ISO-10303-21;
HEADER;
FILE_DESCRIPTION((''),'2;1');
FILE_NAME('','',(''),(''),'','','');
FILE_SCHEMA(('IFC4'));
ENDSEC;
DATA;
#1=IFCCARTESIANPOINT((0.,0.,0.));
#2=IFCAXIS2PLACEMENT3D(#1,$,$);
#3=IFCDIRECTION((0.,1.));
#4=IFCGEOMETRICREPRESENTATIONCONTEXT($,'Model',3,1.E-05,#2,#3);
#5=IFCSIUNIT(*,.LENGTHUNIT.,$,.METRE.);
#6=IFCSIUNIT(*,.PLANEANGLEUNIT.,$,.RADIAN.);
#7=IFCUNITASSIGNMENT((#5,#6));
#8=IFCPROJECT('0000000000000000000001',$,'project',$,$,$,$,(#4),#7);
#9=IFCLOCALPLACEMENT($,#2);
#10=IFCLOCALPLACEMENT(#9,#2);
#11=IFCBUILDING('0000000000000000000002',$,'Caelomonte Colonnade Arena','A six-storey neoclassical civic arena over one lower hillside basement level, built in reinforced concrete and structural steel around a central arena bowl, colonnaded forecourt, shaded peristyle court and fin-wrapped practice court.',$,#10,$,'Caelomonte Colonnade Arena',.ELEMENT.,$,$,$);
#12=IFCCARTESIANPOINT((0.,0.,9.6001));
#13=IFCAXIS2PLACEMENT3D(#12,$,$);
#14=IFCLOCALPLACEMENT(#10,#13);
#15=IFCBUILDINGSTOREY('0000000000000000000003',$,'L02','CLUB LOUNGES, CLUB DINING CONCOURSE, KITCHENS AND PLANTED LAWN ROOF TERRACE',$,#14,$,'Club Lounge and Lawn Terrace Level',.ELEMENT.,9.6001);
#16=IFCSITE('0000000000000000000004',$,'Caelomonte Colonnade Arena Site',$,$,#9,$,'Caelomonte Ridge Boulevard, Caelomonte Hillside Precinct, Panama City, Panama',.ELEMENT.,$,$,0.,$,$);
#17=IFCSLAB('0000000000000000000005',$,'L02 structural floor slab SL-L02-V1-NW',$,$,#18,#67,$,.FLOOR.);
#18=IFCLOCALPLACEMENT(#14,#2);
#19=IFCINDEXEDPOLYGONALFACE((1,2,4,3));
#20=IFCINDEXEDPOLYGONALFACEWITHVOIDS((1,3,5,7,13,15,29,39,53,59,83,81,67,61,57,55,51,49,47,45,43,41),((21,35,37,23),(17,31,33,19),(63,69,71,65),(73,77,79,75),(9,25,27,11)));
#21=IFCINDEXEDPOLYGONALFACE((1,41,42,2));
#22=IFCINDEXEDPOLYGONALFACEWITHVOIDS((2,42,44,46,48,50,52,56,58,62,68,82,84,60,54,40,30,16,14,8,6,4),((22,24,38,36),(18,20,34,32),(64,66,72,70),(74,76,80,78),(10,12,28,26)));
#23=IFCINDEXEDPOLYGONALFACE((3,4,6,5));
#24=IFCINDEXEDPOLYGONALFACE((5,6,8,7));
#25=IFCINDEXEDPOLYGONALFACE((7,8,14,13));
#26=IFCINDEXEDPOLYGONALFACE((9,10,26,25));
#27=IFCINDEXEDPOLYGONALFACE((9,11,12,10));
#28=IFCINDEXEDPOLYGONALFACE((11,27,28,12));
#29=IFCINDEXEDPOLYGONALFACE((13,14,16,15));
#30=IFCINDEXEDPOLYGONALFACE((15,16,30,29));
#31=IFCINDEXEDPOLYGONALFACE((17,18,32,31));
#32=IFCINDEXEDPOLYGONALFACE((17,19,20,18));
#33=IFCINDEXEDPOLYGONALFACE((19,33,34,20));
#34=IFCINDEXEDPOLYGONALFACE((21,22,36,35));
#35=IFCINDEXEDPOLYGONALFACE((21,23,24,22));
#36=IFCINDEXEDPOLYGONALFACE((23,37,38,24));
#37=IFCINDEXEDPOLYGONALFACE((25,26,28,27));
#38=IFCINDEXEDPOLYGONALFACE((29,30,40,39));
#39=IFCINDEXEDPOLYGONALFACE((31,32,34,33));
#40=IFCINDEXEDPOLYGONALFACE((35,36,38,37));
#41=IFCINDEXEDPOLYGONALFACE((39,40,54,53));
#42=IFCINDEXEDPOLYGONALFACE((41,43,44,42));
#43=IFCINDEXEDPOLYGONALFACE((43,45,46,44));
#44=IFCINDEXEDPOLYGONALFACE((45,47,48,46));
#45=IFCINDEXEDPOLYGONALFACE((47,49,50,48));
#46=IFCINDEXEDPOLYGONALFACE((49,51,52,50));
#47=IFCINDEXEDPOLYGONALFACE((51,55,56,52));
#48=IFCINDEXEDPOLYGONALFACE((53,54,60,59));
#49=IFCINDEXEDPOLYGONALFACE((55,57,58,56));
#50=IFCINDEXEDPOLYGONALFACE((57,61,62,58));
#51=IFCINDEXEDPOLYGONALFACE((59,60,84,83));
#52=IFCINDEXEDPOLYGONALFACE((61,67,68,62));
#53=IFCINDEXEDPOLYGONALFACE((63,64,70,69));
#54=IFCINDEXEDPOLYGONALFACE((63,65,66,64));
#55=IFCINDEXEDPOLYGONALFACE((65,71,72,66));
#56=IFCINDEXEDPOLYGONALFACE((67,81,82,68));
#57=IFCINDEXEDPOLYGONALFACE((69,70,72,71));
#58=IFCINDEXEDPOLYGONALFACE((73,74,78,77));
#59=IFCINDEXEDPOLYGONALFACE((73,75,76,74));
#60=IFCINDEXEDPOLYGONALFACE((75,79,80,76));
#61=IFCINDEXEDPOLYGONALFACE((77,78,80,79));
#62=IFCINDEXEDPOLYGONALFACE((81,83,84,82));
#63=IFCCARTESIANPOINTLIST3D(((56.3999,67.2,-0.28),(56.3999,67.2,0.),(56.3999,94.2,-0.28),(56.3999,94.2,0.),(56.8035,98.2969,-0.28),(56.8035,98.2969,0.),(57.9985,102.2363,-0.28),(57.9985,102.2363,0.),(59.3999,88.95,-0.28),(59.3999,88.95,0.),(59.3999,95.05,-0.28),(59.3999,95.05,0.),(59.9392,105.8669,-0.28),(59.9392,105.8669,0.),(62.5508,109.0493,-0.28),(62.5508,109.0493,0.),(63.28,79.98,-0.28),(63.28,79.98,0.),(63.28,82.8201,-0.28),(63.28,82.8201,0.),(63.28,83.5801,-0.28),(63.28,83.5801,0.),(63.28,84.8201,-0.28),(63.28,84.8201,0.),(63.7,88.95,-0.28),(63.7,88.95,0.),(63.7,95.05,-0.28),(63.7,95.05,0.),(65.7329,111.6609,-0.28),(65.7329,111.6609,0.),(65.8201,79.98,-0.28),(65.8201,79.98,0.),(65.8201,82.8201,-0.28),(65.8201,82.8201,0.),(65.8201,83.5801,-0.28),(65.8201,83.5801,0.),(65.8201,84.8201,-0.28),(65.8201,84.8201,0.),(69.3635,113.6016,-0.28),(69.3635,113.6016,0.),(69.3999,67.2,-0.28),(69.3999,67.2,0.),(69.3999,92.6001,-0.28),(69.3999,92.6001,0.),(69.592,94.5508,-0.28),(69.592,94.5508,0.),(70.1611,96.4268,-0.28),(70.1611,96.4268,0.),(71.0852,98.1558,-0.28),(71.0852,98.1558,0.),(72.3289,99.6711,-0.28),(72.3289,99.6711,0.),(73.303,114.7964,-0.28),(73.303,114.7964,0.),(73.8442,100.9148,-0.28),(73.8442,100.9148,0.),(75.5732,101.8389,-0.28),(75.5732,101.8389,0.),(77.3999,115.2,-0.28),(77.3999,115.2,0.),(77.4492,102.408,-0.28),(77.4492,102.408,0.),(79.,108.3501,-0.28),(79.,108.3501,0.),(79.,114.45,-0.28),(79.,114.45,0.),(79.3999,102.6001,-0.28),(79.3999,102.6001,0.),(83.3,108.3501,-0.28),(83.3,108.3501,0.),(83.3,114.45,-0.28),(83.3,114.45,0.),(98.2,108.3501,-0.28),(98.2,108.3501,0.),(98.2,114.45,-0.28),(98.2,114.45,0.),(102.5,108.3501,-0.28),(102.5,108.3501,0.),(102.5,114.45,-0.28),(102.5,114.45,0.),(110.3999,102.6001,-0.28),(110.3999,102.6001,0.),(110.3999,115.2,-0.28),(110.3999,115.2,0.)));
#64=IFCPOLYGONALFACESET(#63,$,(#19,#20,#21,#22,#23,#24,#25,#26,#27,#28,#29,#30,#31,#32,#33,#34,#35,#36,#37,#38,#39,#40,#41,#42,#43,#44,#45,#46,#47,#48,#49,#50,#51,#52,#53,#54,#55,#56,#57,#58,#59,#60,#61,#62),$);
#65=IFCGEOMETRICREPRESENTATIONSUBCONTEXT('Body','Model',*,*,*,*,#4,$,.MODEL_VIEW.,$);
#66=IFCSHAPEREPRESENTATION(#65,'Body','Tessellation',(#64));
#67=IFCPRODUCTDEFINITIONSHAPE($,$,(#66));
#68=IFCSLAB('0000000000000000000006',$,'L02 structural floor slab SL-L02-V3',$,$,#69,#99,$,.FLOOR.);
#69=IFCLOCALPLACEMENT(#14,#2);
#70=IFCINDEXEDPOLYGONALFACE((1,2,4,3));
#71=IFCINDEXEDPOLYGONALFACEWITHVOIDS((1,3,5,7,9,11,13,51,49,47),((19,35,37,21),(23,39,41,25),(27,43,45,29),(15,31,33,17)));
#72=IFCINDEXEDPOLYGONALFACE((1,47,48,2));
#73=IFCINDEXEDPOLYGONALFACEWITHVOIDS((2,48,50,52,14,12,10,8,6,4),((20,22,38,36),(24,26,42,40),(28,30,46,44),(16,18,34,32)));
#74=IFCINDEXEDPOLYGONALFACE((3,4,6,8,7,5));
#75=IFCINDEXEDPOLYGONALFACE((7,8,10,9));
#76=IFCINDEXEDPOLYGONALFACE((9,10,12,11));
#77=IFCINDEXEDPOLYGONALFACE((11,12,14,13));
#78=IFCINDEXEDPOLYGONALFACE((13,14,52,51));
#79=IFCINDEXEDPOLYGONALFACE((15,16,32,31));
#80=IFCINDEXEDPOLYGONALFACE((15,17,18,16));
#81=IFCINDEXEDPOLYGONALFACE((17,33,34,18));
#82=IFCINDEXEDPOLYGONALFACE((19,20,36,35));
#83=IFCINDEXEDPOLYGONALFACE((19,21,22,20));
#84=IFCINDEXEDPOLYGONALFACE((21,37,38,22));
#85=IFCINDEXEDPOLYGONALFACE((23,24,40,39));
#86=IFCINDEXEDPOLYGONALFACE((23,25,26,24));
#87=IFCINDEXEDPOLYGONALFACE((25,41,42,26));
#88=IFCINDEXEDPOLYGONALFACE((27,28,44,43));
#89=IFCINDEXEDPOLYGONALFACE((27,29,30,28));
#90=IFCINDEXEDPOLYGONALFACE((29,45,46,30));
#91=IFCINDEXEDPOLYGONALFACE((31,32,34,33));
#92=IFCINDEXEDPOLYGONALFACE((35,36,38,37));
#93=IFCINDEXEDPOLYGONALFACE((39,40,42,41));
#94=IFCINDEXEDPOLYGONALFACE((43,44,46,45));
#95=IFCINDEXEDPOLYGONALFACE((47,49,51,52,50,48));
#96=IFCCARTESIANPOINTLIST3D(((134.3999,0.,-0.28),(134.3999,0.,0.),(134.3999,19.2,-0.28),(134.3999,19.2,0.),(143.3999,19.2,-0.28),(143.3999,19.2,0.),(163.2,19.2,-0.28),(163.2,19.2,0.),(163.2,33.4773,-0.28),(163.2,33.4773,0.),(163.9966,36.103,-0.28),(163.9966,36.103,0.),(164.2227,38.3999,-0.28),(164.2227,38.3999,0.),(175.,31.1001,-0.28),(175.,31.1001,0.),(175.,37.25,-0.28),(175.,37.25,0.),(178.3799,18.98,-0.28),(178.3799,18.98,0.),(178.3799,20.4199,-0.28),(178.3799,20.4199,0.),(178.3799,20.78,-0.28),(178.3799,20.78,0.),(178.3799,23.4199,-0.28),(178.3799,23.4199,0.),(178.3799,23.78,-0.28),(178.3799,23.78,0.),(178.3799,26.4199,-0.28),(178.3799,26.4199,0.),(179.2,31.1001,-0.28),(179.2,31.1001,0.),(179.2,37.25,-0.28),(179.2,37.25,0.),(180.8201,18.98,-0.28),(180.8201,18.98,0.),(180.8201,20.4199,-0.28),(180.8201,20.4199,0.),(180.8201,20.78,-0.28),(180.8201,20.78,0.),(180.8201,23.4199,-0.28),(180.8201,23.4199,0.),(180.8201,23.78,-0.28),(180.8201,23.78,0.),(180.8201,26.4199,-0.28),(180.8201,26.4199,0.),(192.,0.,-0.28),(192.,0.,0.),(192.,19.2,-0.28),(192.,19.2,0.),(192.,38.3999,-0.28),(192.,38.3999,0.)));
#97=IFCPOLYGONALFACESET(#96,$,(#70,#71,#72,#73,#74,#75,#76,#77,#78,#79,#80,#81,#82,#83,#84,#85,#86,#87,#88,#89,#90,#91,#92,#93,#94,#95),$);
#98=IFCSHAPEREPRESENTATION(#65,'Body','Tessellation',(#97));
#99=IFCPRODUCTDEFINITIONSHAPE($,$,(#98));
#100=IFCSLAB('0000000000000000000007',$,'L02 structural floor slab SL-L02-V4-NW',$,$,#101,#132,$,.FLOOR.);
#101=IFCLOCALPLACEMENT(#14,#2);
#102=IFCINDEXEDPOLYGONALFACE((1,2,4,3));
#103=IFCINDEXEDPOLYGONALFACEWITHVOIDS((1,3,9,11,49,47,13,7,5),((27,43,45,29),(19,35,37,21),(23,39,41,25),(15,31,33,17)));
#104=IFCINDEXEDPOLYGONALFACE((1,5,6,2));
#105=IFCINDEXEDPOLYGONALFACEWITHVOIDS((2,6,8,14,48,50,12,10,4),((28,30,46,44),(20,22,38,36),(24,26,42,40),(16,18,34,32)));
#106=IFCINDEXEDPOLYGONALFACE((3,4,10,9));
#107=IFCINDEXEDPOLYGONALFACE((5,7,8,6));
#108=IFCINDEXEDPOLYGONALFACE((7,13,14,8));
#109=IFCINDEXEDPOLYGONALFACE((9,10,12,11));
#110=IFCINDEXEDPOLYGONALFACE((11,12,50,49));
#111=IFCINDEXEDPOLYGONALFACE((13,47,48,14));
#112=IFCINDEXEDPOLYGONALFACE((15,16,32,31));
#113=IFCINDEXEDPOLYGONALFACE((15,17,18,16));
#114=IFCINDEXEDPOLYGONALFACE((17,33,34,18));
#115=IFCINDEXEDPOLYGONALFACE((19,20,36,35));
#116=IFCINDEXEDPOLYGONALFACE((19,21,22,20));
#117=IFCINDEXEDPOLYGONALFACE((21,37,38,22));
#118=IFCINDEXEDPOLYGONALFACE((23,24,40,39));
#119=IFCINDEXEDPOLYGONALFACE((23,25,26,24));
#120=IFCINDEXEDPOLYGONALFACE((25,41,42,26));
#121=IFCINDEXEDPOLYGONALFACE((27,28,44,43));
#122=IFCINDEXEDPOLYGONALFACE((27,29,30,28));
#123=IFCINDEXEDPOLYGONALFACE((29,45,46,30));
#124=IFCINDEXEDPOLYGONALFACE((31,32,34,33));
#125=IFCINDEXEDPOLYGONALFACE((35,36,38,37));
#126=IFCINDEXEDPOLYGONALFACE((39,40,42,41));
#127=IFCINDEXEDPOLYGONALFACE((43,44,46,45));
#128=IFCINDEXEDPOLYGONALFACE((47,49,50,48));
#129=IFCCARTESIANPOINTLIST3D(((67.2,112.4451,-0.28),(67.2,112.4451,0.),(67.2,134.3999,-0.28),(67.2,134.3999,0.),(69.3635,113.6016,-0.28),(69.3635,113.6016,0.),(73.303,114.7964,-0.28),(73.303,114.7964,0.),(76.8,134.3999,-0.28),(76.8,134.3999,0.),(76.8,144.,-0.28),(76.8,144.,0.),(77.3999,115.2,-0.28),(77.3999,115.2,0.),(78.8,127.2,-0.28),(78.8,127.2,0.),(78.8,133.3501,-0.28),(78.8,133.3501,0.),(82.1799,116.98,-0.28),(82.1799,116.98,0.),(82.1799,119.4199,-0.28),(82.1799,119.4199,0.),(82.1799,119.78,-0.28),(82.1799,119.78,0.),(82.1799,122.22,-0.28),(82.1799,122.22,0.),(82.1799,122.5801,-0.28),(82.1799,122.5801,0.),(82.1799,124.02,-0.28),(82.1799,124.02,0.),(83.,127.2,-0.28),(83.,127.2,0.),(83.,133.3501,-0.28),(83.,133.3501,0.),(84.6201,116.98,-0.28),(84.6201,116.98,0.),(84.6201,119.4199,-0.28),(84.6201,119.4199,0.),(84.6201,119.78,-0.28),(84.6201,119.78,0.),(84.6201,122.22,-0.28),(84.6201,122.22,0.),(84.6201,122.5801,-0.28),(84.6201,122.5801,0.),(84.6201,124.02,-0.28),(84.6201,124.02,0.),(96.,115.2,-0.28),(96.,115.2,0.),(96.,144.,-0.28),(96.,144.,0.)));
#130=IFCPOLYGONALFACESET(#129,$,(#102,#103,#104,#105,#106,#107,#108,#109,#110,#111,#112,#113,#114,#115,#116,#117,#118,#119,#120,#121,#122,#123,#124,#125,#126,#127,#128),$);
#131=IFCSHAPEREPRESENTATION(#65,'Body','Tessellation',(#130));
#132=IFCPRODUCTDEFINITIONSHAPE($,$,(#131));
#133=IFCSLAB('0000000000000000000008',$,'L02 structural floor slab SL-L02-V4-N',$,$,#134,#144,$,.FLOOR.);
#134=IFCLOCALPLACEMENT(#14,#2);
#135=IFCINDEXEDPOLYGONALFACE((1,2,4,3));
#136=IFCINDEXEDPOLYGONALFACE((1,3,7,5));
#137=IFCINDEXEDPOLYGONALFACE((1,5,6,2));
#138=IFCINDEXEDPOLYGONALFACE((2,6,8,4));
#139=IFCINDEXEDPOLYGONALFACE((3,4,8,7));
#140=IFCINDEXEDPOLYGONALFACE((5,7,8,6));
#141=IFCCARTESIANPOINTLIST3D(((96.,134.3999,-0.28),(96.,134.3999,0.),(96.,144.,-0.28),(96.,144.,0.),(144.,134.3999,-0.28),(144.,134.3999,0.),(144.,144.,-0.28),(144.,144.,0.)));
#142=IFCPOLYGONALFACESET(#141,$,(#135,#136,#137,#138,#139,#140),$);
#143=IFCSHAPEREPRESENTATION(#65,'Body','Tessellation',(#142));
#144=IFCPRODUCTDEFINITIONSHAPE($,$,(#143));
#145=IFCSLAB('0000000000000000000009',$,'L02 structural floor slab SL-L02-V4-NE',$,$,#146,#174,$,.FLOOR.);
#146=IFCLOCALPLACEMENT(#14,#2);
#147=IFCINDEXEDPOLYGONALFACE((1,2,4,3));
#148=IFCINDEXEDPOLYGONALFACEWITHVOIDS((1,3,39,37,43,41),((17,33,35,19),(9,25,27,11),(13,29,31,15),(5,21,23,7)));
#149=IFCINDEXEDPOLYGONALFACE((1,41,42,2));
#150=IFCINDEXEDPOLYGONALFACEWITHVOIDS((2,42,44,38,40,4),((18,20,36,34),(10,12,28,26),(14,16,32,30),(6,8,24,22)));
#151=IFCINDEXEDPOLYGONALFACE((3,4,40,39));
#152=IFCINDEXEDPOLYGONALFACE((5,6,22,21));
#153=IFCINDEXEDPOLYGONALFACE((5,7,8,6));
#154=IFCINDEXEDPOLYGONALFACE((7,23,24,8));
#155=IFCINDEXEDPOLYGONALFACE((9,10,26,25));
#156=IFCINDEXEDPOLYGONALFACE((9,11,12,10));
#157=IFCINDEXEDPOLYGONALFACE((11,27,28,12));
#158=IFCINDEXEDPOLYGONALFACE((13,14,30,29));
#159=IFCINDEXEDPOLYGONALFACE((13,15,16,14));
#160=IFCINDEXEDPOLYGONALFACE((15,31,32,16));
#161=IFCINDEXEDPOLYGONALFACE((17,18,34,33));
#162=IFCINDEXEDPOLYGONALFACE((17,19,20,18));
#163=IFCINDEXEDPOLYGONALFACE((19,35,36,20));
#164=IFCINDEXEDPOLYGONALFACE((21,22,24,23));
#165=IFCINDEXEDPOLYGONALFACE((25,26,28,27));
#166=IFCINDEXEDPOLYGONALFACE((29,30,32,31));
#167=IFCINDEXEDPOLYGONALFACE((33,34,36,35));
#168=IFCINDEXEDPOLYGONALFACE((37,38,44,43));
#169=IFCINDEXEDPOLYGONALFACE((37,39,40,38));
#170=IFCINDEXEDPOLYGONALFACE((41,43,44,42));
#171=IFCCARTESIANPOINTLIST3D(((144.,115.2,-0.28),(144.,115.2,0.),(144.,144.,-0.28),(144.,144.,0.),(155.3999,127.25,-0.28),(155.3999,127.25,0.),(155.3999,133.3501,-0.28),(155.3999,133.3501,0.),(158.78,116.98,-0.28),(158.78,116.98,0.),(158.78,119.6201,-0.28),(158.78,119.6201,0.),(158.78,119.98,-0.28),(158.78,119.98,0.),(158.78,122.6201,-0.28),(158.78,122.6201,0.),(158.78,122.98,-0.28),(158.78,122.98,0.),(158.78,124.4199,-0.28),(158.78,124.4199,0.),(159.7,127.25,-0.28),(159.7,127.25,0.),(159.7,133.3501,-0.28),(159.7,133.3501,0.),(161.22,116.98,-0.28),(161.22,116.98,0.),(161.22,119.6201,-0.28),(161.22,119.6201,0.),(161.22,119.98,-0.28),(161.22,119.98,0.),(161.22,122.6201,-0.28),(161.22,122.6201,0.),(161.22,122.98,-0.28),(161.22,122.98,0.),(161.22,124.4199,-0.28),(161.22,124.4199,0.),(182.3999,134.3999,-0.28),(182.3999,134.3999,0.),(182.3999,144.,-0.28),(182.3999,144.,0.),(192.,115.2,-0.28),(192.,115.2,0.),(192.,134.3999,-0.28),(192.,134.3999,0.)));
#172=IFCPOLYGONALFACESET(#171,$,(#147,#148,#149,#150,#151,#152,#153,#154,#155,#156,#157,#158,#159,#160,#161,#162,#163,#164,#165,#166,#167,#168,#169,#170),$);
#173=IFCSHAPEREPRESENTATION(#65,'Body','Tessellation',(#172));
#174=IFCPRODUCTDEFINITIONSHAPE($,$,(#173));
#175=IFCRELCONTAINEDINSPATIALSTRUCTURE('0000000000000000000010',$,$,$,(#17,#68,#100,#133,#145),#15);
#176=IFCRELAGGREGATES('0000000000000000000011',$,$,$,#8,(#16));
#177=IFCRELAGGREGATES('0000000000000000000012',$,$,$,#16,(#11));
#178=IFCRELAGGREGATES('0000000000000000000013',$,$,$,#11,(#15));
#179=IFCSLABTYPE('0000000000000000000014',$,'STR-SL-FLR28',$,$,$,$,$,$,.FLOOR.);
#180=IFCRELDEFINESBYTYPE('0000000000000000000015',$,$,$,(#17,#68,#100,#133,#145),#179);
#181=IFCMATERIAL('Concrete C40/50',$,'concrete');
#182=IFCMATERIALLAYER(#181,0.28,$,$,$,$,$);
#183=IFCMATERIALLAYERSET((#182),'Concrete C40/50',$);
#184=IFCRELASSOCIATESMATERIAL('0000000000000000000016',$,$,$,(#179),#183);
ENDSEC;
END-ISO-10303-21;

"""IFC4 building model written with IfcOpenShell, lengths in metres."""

from ifc_helpers import new_model, si_unit, direction, frame, origin, place, context, subcontext, project, spatial, polyline, outline, extrude, material, layer, layer_set, type_object, element, save


model = new_model("IFC4")

# Units and contexts
model_context = context("Model", 3, precision=1e-05, world=origin(), true_north=direction((0.0, 1.0)))
body_context = subcontext(model_context, "Body", "Model", "MODEL_VIEW")
ifc_project = project(units=[si_unit("LENGTHUNIT", "METRE"), si_unit("PLANEANGLEUNIT", "RADIAN")], contexts=[model_context])

# Site, building, storey
site_placement = place(None, origin())
site = spatial("IfcSite", under=ifc_project, at=site_placement, Name="Caelomonte Colonnade Arena Site", LongName="Caelomonte Ridge Boulevard, Caelomonte Hillside Precinct, Panama City, Panama", CompositionType="ELEMENT", RefElevation=0.0)
building_placement = place(site_placement, origin())
building = spatial("IfcBuilding", under=site, at=building_placement, Name="Caelomonte Colonnade Arena", Description="A six-storey neoclassical civic arena over one lower hillside basement level, built in reinforced concrete and structural steel around a central arena bowl, colonnaded forecourt, shaded peristyle court and fin-wrapped practice court.", LongName="Caelomonte Colonnade Arena", CompositionType="ELEMENT")
storey_placement = place(building_placement, frame((0.0, 0.0, 9.6001)))
storey = spatial("IfcBuildingStorey", under=building, at=storey_placement, Name="L02", Description="CLUB LOUNGES, CLUB DINING CONCOURSE, KITCHENS AND PLANTED LAWN ROOF TERRACE", LongName="Club Lounge and Lawn Terrace Level", CompositionType="ELEMENT", Elevation=9.6001)

# Shared definitions
ifc_material_1 = material(Name="Concrete C40/50", Category="concrete")

# Slabs
ifc_layer_1 = layer(ifc_material_1, 0.28)
ifc_layer_set_1 = layer_set([ifc_layer_1], Name="Concrete C40/50")
slab_type_1 = type_object("IfcSlabType", Name="STR-SL-FLR28", PredefinedType="FLOOR", material=ifc_layer_set_1)
slab_1_placement = place(storey_placement, frame((0.0, 0.0, -0.28)))
element("IfcSlab", 1, at=slab_1_placement, inside=storey, type_object=slab_type_1, Name="L02 structural floor slab SL-L02-V1-NW", PredefinedType="FLOOR", context=body_context, shape_type="SweptSolid", body=[
    extrude(outline(polyline([(56.3999, 94.2), (56.3999, 67.2), (69.3999, 67.2), (69.3999, 92.6001), (69.592, 94.5508), (70.1611, 96.4268), (71.0852, 98.1558), (72.3289, 99.6711), (73.8442, 100.9148), (75.5732, 101.8389), (77.4492, 102.408), (79.3999, 102.6001), (110.3999, 102.6001), (110.3999, 115.2), (77.3999, 115.2), (73.303, 114.7964), (69.3635, 113.6016), (65.7329, 111.6609), (62.5508, 109.0493), (59.9392, 105.8669), (57.9985, 102.2363), (56.8035, 98.2969), (56.3999, 94.2)]), holes=[polyline([(63.28, 79.98), (63.28, 82.8201), (65.8201, 82.8201), (65.8201, 79.98), (63.28, 79.98)]), polyline([(63.28, 83.5801), (63.28, 84.8201), (65.8201, 84.8201), (65.8201, 83.5801), (63.28, 83.5801)]), polyline([(59.3999, 88.95), (59.3999, 95.05), (63.7, 95.05), (63.7, 88.95), (59.3999, 88.95)]), polyline([(79.0, 108.3501), (79.0, 114.45), (83.3, 114.45), (83.3, 108.3501), (79.0, 108.3501)]), polyline([(98.2, 108.3501), (98.2, 114.45), (102.5, 114.45), (102.5, 108.3501), (98.2, 108.3501)])]), origin(), (0.0, 0.0, 1.0), 0.28),
])
slab_2_placement = place(storey_placement, frame((0.0, 0.0, -0.28)))
element("IfcSlab", 2, at=slab_2_placement, inside=storey, type_object=slab_type_1, Name="L02 structural floor slab SL-L02-V3", PredefinedType="FLOOR", context=body_context, shape_type="SweptSolid", body=[
    extrude(outline(polyline([(134.3999, 0.0), (192.0, 0.0), (192.0, 19.2), (192.0, 38.3999), (164.2227, 38.3999), (163.9966, 36.103), (163.2, 33.4773), (163.2, 19.2), (143.3999, 19.2), (134.3999, 19.2), (134.3999, 0.0)]), holes=[polyline([(178.3799, 18.98), (178.3799, 20.4199), (180.8201, 20.4199), (180.8201, 18.98), (178.3799, 18.98)]), polyline([(178.3799, 20.78), (178.3799, 23.4199), (180.8201, 23.4199), (180.8201, 20.78), (178.3799, 20.78)]), polyline([(178.3799, 23.78), (178.3799, 26.4199), (180.8201, 26.4199), (180.8201, 23.78), (178.3799, 23.78)]), polyline([(175.0, 31.1001), (175.0, 37.25), (179.2, 37.25), (179.2, 31.1001), (175.0, 31.1001)])]), origin(), (0.0, 0.0, 1.0), 0.28),
])
slab_3_placement = place(storey_placement, frame((0.0, 0.0, -0.28)))
element("IfcSlab", 3, at=slab_3_placement, inside=storey, type_object=slab_type_1, Name="L02 structural floor slab SL-L02-V4-NW", PredefinedType="FLOOR", context=body_context, shape_type="SweptSolid", body=[
    extrude(outline(polyline([(96.0, 115.2), (96.0, 144.0), (76.8, 144.0), (76.8, 134.3999), (67.2, 134.3999), (67.2, 112.4451), (69.3635, 113.6016), (73.303, 114.7964), (77.3999, 115.2), (96.0, 115.2)]), holes=[polyline([(82.1799, 116.98), (82.1799, 119.4199), (84.6201, 119.4199), (84.6201, 116.98), (82.1799, 116.98)]), polyline([(82.1799, 119.78), (82.1799, 122.22), (84.6201, 122.22), (84.6201, 119.78), (82.1799, 119.78)]), polyline([(82.1799, 124.02), (84.6201, 124.02), (84.6201, 122.5801), (82.1799, 122.5801), (82.1799, 124.02)]), polyline([(78.8, 133.3501), (83.0, 133.3501), (83.0, 127.2), (78.8, 127.2), (78.8, 133.3501)])]), origin(), (0.0, 0.0, 1.0), 0.28),
])
slab_4_placement = place(storey_placement, frame((0.0, 0.0, -0.28)))
element("IfcSlab", 4, at=slab_4_placement, inside=storey, type_object=slab_type_1, Name="L02 structural floor slab SL-L02-V4-N", PredefinedType="FLOOR", context=body_context, shape_type="SweptSolid", body=[
    extrude(outline(polyline([(96.0, 134.3999), (144.0, 134.3999), (144.0, 144.0), (96.0, 144.0), (96.0, 134.3999)])), origin(), (0.0, 0.0, 1.0), 0.28),
])
slab_5_placement = place(storey_placement, frame((0.0, 0.0, -0.28)))
element("IfcSlab", 5, at=slab_5_placement, inside=storey, type_object=slab_type_1, Name="L02 structural floor slab SL-L02-V4-NE", PredefinedType="FLOOR", context=body_context, shape_type="SweptSolid", body=[
    extrude(outline(polyline([(144.0, 115.2), (192.0, 115.2), (192.0, 134.3999), (182.3999, 134.3999), (182.3999, 144.0), (144.0, 144.0), (144.0, 115.2)]), holes=[polyline([(158.78, 116.98), (158.78, 119.6201), (161.22, 119.6201), (161.22, 116.98), (158.78, 116.98)]), polyline([(158.78, 119.98), (158.78, 122.6201), (161.22, 122.6201), (161.22, 119.98), (158.78, 119.98)]), polyline([(158.78, 124.4199), (161.22, 124.4199), (161.22, 122.98), (158.78, 122.98), (158.78, 124.4199)]), polyline([(155.3999, 133.3501), (159.7, 133.3501), (159.7, 127.25), (155.3999, 127.25), (155.3999, 133.3501)])]), origin(), (0.0, 0.0, 1.0), 0.28),
])

save(model, "model.ifc")
